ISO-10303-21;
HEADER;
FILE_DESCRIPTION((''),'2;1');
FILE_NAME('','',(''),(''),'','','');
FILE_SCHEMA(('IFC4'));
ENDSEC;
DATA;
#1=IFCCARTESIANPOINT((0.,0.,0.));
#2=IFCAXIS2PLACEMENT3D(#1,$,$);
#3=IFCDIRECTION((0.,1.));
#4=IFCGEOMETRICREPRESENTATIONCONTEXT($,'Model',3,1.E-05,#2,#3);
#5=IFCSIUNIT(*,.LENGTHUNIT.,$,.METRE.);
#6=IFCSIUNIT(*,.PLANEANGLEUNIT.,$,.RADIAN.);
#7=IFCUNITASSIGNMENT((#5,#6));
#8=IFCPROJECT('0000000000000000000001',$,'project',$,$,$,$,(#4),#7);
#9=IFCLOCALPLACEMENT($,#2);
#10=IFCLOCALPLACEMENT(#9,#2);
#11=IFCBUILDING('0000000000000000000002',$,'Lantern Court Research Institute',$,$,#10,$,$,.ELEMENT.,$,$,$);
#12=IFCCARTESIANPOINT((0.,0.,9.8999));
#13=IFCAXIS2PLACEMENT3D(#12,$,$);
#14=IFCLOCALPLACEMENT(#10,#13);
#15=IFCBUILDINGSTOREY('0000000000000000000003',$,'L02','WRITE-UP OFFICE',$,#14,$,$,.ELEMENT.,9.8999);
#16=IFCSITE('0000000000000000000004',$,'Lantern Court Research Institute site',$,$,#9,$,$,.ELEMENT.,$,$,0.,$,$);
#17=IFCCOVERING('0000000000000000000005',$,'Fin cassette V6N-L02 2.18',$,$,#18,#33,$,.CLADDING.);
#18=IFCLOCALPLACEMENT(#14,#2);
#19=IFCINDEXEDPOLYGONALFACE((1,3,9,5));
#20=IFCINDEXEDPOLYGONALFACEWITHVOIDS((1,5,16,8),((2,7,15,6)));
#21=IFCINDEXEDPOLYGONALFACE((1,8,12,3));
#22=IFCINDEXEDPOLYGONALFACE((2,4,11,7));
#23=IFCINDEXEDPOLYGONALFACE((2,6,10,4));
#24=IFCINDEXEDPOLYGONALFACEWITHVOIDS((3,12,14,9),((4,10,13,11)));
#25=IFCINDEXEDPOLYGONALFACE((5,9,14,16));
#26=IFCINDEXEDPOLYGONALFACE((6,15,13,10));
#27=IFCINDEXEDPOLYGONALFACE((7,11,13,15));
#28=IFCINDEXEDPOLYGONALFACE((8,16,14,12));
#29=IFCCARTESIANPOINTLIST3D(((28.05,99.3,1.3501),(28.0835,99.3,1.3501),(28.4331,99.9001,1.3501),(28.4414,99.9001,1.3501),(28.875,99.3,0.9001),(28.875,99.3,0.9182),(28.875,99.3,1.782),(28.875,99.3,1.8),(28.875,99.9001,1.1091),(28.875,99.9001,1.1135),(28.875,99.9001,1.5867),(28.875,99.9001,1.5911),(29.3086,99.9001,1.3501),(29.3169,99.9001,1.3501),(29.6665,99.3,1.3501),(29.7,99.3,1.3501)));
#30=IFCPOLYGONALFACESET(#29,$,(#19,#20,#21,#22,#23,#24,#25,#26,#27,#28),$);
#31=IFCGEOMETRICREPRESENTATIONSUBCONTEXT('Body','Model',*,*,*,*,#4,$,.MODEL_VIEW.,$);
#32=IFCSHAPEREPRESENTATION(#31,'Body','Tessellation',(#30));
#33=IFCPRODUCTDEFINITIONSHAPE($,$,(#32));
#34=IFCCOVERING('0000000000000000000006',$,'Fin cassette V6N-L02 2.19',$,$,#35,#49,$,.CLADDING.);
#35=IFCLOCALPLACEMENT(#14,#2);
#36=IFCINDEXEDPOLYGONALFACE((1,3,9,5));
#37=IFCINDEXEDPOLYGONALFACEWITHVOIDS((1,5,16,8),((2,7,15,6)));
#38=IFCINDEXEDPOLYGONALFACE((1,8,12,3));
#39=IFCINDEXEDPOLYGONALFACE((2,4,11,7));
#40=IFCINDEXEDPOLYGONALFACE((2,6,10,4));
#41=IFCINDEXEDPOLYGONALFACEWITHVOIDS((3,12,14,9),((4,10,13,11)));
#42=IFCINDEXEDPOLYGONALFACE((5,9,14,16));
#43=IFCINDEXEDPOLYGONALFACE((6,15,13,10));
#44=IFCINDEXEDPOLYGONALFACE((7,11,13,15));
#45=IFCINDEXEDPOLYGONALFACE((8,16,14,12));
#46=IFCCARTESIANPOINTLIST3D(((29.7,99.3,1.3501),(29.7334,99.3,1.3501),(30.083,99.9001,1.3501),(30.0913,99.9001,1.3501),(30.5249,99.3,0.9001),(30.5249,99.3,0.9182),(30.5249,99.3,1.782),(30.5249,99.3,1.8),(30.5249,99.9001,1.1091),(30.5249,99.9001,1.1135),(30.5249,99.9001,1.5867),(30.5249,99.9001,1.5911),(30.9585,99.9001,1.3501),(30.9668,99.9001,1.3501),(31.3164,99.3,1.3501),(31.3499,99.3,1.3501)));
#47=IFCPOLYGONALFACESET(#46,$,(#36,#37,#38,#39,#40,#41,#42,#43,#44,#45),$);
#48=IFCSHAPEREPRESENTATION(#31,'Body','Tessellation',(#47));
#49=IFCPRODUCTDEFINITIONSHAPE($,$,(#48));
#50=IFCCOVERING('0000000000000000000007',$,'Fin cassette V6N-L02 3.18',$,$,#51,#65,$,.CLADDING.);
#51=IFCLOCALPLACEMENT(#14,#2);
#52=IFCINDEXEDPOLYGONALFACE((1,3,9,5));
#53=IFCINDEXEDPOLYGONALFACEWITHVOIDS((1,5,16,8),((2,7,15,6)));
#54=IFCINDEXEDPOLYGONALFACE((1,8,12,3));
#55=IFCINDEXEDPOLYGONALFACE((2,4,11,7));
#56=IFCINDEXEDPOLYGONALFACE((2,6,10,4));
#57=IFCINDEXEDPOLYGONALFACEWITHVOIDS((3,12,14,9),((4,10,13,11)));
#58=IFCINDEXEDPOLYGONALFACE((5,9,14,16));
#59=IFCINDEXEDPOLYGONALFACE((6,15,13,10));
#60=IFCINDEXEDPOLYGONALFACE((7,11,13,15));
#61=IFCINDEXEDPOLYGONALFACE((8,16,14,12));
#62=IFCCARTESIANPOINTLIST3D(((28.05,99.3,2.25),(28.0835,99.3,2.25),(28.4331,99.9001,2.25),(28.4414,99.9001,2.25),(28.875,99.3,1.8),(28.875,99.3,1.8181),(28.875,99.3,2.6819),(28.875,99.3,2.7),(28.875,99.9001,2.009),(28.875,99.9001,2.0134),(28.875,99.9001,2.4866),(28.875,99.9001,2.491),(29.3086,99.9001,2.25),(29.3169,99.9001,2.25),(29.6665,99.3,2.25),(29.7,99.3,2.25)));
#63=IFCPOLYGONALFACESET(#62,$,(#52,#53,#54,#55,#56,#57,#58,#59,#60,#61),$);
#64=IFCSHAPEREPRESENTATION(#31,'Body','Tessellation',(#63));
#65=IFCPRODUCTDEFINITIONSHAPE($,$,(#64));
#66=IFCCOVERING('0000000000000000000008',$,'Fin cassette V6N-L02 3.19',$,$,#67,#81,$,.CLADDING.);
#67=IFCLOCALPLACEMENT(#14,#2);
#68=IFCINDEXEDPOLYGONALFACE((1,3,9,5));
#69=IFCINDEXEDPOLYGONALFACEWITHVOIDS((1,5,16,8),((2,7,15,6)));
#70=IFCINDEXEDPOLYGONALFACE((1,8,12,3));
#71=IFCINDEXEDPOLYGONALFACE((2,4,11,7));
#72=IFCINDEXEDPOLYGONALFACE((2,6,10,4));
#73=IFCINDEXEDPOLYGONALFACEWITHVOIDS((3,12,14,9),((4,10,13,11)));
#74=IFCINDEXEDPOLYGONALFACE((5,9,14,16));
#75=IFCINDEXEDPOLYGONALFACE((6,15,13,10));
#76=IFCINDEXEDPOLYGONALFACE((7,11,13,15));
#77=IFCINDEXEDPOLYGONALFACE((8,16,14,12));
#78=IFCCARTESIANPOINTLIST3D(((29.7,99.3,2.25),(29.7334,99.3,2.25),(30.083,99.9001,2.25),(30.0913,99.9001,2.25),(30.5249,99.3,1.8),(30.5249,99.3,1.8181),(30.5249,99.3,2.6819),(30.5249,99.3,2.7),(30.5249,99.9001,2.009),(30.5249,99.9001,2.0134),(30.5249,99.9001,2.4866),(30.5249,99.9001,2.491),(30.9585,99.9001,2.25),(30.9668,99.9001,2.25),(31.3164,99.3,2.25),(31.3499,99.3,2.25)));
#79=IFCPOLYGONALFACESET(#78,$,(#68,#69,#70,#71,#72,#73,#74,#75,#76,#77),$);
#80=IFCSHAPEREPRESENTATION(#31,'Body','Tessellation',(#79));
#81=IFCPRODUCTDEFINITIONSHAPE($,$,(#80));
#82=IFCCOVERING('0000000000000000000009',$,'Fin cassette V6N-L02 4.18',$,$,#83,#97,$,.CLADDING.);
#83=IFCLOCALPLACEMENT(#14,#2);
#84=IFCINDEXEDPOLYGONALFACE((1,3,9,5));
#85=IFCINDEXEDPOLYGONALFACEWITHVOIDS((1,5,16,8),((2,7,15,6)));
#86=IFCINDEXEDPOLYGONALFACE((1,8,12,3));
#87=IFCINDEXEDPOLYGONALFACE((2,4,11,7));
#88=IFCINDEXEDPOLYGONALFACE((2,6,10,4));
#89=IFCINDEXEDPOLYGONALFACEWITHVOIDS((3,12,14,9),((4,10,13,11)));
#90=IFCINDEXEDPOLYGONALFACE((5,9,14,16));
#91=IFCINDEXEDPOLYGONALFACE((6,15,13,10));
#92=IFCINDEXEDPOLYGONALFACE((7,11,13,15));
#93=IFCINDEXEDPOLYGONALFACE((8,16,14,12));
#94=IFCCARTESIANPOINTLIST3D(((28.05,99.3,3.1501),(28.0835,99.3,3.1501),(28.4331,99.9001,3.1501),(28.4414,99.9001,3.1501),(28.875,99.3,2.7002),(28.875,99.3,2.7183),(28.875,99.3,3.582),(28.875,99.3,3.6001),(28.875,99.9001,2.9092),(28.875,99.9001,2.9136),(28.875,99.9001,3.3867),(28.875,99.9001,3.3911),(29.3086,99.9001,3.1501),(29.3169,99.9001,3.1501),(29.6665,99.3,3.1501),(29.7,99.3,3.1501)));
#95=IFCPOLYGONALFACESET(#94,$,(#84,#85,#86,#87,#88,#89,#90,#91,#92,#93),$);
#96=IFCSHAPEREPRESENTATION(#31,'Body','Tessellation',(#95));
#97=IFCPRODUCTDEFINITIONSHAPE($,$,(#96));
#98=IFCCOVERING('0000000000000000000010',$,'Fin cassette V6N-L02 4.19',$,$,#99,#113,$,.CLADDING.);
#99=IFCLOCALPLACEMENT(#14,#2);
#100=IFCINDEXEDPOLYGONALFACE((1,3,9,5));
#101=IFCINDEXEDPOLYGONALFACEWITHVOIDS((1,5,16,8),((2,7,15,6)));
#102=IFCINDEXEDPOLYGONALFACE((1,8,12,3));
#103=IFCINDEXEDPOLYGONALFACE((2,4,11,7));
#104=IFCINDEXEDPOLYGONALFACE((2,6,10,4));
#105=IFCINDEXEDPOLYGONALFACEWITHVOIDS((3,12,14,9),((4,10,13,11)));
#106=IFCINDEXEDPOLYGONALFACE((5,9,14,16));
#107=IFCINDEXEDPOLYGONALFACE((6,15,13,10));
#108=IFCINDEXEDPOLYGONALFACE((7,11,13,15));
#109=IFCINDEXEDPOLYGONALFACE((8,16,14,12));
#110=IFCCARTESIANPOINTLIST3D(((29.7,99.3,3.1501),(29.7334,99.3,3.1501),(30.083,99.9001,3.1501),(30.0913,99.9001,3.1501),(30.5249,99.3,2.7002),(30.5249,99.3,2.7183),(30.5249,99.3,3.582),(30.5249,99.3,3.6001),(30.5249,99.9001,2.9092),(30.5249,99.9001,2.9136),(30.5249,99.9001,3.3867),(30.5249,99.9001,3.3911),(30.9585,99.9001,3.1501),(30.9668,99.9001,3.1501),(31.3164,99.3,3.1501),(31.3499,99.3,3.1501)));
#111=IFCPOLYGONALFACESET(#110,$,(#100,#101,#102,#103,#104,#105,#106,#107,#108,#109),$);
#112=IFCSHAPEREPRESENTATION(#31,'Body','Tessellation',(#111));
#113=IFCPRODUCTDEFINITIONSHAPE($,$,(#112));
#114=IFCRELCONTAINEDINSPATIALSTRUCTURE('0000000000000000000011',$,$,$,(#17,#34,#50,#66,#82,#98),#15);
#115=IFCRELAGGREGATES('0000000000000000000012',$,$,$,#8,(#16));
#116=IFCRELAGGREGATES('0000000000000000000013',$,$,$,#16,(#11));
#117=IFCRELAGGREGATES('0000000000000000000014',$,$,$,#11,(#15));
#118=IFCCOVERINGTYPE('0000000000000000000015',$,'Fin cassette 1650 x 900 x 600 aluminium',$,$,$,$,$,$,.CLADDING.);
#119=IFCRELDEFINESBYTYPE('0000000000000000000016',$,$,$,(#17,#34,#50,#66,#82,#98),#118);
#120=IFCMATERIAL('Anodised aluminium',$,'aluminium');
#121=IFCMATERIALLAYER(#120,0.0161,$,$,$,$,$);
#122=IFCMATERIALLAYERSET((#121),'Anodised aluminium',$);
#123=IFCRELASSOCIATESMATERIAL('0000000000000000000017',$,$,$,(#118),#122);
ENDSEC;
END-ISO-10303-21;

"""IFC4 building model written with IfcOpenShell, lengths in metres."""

from ifc_helpers import new_model, entity, si_unit, direction, frame, origin, place, context, subcontext, project, spatial, material, layer, layer_set, type_object, element, save


model = new_model("IFC4")

# Units and contexts
model_context = context("Model", 3, precision=1e-05, world=origin(), true_north=direction((0.0, 1.0)))
body_context = subcontext(model_context, "Body", "Model", "MODEL_VIEW")
ifc_project = project(units=[si_unit("LENGTHUNIT", "METRE"), si_unit("PLANEANGLEUNIT", "RADIAN")], contexts=[model_context])

# Site, building, storey
site_placement = place(None, origin())
site = spatial("IfcSite", under=ifc_project, at=site_placement, Name="Lantern Court Research Institute site", CompositionType="ELEMENT", RefElevation=0.0)
building_placement = place(site_placement, origin())
building = spatial("IfcBuilding", under=site, at=building_placement, Name="Lantern Court Research Institute", CompositionType="ELEMENT")
storey_placement = place(building_placement, frame((0.0, 0.0, 9.8999)))
storey = spatial("IfcBuildingStorey", under=building, at=storey_placement, Name="L02", Description="WRITE-UP OFFICE", CompositionType="ELEMENT", Elevation=9.8999)

# Coverings
ifc_material_1 = material(Name="Anodised aluminium", Category="aluminium")
ifc_layer_1 = layer(ifc_material_1, 0.0161)
ifc_layer_set_1 = layer_set([ifc_layer_1], Name="Anodised aluminium")
covering_type_1 = type_object("IfcCoveringType", Name="Fin cassette 1650 x 900 x 600 aluminium", PredefinedType="CLADDING", material=ifc_layer_set_1)
covering_1_placement = place(storey_placement, frame((28.875, 99.3, 1.3501), z_axis=(0.0, 1.0, 0.0), x_axis=(-1.0, 0.0, 0.0)))
cartesian_point_1 = entity("IfcCartesianPoint", [0.825, 0.0])
cartesian_point_2 = entity("IfcCartesianPoint", [0.7915, 0.0])
cartesian_point_3 = entity("IfcCartesianPoint", [0.4419, 0.0])
cartesian_point_4 = entity("IfcCartesianPoint", [0.4336, 0.0])
element("IfcCovering", 1, at=covering_1_placement, inside=storey, type_object=covering_type_1, Name="Fin cassette V6N-L02 2.18", PredefinedType="CLADDING", context=body_context, shape_type="SweptSolid", body=[
    entity("IfcExtrudedAreaSolidTapered", entity("IfcArbitraryProfileDefWithVoids", "AREA", None, entity("IfcPolyline", [cartesian_point_1, entity("IfcCartesianPoint", [0.0, 0.45]), entity("IfcCartesianPoint", [-0.825, 0.0]), entity("IfcCartesianPoint", [0.0, -0.45]), cartesian_point_1]), [entity("IfcPolyline", [cartesian_point_2, entity("IfcCartesianPoint", [0.0, 0.4319]), entity("IfcCartesianPoint", [-0.7915, 0.0]), entity("IfcCartesianPoint", [0.0, -0.4319]), cartesian_point_2])]), entity("IfcAxis2Placement3D", entity("IfcCartesianPoint", [0.0, 0.0, 0.0])), entity("IfcDirection", [0.0, 0.0, 1.0]), 0.6001, entity("IfcArbitraryProfileDefWithVoids", "AREA", None, entity("IfcPolyline", [cartesian_point_3, entity("IfcCartesianPoint", [0.0, 0.241]), entity("IfcCartesianPoint", [-0.4419, 0.0]), entity("IfcCartesianPoint", [0.0, -0.241]), cartesian_point_3]), [entity("IfcPolyline", [cartesian_point_4, entity("IfcCartesianPoint", [0.0, 0.2366]), entity("IfcCartesianPoint", [-0.4336, 0.0]), entity("IfcCartesianPoint", [0.0, -0.2366]), cartesian_point_4])])),
])
covering_2_placement = place(storey_placement, frame((30.5249, 99.3, 1.3501), z_axis=(0.0, 1.0, 0.0), x_axis=(-1.0, 0.0, 0.0)))
cartesian_point_5 = entity("IfcCartesianPoint", [0.825, 0.0])
cartesian_point_6 = entity("IfcCartesianPoint", [0.7915, 0.0])
cartesian_point_7 = entity("IfcCartesianPoint", [0.4419, 0.0])
cartesian_point_8 = entity("IfcCartesianPoint", [0.4336, 0.0])
element("IfcCovering", 2, at=covering_2_placement, inside=storey, type_object=covering_type_1, Name="Fin cassette V6N-L02 2.19", PredefinedType="CLADDING", context=body_context, shape_type="SweptSolid", body=[
    entity("IfcExtrudedAreaSolidTapered", entity("IfcArbitraryProfileDefWithVoids", "AREA", None, entity("IfcPolyline", [cartesian_point_5, entity("IfcCartesianPoint", [0.0, 0.45]), entity("IfcCartesianPoint", [-0.825, 0.0]), entity("IfcCartesianPoint", [0.0, -0.45]), cartesian_point_5]), [entity("IfcPolyline", [cartesian_point_6, entity("IfcCartesianPoint", [0.0, 0.4319]), entity("IfcCartesianPoint", [-0.7915, 0.0]), entity("IfcCartesianPoint", [0.0, -0.4319]), cartesian_point_6])]), entity("IfcAxis2Placement3D", entity("IfcCartesianPoint", [0.0, 0.0, 0.0])), entity("IfcDirection", [0.0, 0.0, 1.0]), 0.6001, entity("IfcArbitraryProfileDefWithVoids", "AREA", None, entity("IfcPolyline", [cartesian_point_7, entity("IfcCartesianPoint", [0.0, 0.241]), entity("IfcCartesianPoint", [-0.4419, 0.0]), entity("IfcCartesianPoint", [0.0, -0.241]), cartesian_point_7]), [entity("IfcPolyline", [cartesian_point_8, entity("IfcCartesianPoint", [0.0, 0.2366]), entity("IfcCartesianPoint", [-0.4336, 0.0]), entity("IfcCartesianPoint", [0.0, -0.2366]), cartesian_point_8])])),
])
covering_3_placement = place(storey_placement, frame((28.875, 99.3, 2.25), z_axis=(0.0, 1.0, 0.0), x_axis=(-1.0, 0.0, 0.0)))
cartesian_point_9 = entity("IfcCartesianPoint", [0.825, 0.0])
cartesian_point_10 = entity("IfcCartesianPoint", [0.7915, 0.0])
cartesian_point_11 = entity("IfcCartesianPoint", [0.4419, 0.0])
cartesian_point_12 = entity("IfcCartesianPoint", [0.4336, 0.0])
element("IfcCovering", 3, at=covering_3_placement, inside=storey, type_object=covering_type_1, Name="Fin cassette V6N-L02 3.18", PredefinedType="CLADDING", context=body_context, shape_type="SweptSolid", body=[
    entity("IfcExtrudedAreaSolidTapered", entity("IfcArbitraryProfileDefWithVoids", "AREA", None, entity("IfcPolyline", [cartesian_point_9, entity("IfcCartesianPoint", [0.0, 0.45]), entity("IfcCartesianPoint", [-0.825, 0.0]), entity("IfcCartesianPoint", [0.0, -0.45]), cartesian_point_9]), [entity("IfcPolyline", [cartesian_point_10, entity("IfcCartesianPoint", [0.0, 0.4319]), entity("IfcCartesianPoint", [-0.7915, 0.0]), entity("IfcCartesianPoint", [0.0, -0.4319]), cartesian_point_10])]), entity("IfcAxis2Placement3D", entity("IfcCartesianPoint", [0.0, 0.0, 0.0])), entity("IfcDirection", [0.0, 0.0, 1.0]), 0.6001, entity("IfcArbitraryProfileDefWithVoids", "AREA", None, entity("IfcPolyline", [cartesian_point_11, entity("IfcCartesianPoint", [0.0, 0.241]), entity("IfcCartesianPoint", [-0.4419, 0.0]), entity("IfcCartesianPoint", [0.0, -0.241]), cartesian_point_11]), [entity("IfcPolyline", [cartesian_point_12, entity("IfcCartesianPoint", [0.0, 0.2366]), entity("IfcCartesianPoint", [-0.4336, 0.0]), entity("IfcCartesianPoint", [0.0, -0.2366]), cartesian_point_12])])),
])
covering_4_placement = place(storey_placement, frame((30.5249, 99.3, 2.25), z_axis=(0.0, 1.0, 0.0), x_axis=(-1.0, 0.0, 0.0)))
cartesian_point_13 = entity("IfcCartesianPoint", [0.825, 0.0])
cartesian_point_14 = entity("IfcCartesianPoint", [0.7915, 0.0])
cartesian_point_15 = entity("IfcCartesianPoint", [0.4419, 0.0])
cartesian_point_16 = entity("IfcCartesianPoint", [0.4336, 0.0])
element("IfcCovering", 4, at=covering_4_placement, inside=storey, type_object=covering_type_1, Name="Fin cassette V6N-L02 3.19", PredefinedType="CLADDING", context=body_context, shape_type="SweptSolid", body=[
    entity("IfcExtrudedAreaSolidTapered", entity("IfcArbitraryProfileDefWithVoids", "AREA", None, entity("IfcPolyline", [cartesian_point_13, entity("IfcCartesianPoint", [0.0, 0.45]), entity("IfcCartesianPoint", [-0.825, 0.0]), entity("IfcCartesianPoint", [0.0, -0.45]), cartesian_point_13]), [entity("IfcPolyline", [cartesian_point_14, entity("IfcCartesianPoint", [0.0, 0.4319]), entity("IfcCartesianPoint", [-0.7915, 0.0]), entity("IfcCartesianPoint", [0.0, -0.4319]), cartesian_point_14])]), entity("IfcAxis2Placement3D", entity("IfcCartesianPoint", [0.0, 0.0, 0.0])), entity("IfcDirection", [0.0, 0.0, 1.0]), 0.6001, entity("IfcArbitraryProfileDefWithVoids", "AREA", None, entity("IfcPolyline", [cartesian_point_15, entity("IfcCartesianPoint", [0.0, 0.241]), entity("IfcCartesianPoint", [-0.4419, 0.0]), entity("IfcCartesianPoint", [0.0, -0.241]), cartesian_point_15]), [entity("IfcPolyline", [cartesian_point_16, entity("IfcCartesianPoint", [0.0, 0.2366]), entity("IfcCartesianPoint", [-0.4336, 0.0]), entity("IfcCartesianPoint", [0.0, -0.2366]), cartesian_point_16])])),
])
covering_5_placement = place(storey_placement, frame((28.875, 99.3, 3.1501), z_axis=(0.0, 1.0, 0.0), x_axis=(-1.0, 0.0, 0.0)))
cartesian_point_17 = entity("IfcCartesianPoint", [0.825, 0.0])
cartesian_point_18 = entity("IfcCartesianPoint", [0.7915, 0.0])
cartesian_point_19 = entity("IfcCartesianPoint", [0.4419, 0.0])
cartesian_point_20 = entity("IfcCartesianPoint", [0.4336, 0.0])
element("IfcCovering", 5, at=covering_5_placement, inside=storey, type_object=covering_type_1, Name="Fin cassette V6N-L02 4.18", PredefinedType="CLADDING", context=body_context, shape_type="SweptSolid", body=[
    entity("IfcExtrudedAreaSolidTapered", entity("IfcArbitraryProfileDefWithVoids", "AREA", None, entity("IfcPolyline", [cartesian_point_17, entity("IfcCartesianPoint", [0.0, 0.45]), entity("IfcCartesianPoint", [-0.825, 0.0]), entity("IfcCartesianPoint", [0.0, -0.45]), cartesian_point_17]), [entity("IfcPolyline", [cartesian_point_18, entity("IfcCartesianPoint", [0.0, 0.4319]), entity("IfcCartesianPoint", [-0.7915, 0.0]), entity("IfcCartesianPoint", [0.0, -0.4319]), cartesian_point_18])]), entity("IfcAxis2Placement3D", entity("IfcCartesianPoint", [0.0, 0.0, 0.0])), entity("IfcDirection", [0.0, 0.0, 1.0]), 0.6001, entity("IfcArbitraryProfileDefWithVoids", "AREA", None, entity("IfcPolyline", [cartesian_point_19, entity("IfcCartesianPoint", [0.0, 0.241]), entity("IfcCartesianPoint", [-0.4419, 0.0]), entity("IfcCartesianPoint", [0.0, -0.241]), cartesian_point_19]), [entity("IfcPolyline", [cartesian_point_20, entity("IfcCartesianPoint", [0.0, 0.2366]), entity("IfcCartesianPoint", [-0.4336, 0.0]), entity("IfcCartesianPoint", [0.0, -0.2366]), cartesian_point_20])])),
])
covering_6_placement = place(storey_placement, frame((30.5249, 99.3, 3.1501), z_axis=(0.0, 1.0, 0.0), x_axis=(-1.0, 0.0, 0.0)))
cartesian_point_21 = entity("IfcCartesianPoint", [0.825, 0.0])
cartesian_point_22 = entity("IfcCartesianPoint", [0.7915, 0.0])
cartesian_point_23 = entity("IfcCartesianPoint", [0.4419, 0.0])
cartesian_point_24 = entity("IfcCartesianPoint", [0.4336, 0.0])
element("IfcCovering", 6, at=covering_6_placement, inside=storey, type_object=covering_type_1, Name="Fin cassette V6N-L02 4.19", PredefinedType="CLADDING", context=body_context, shape_type="SweptSolid", body=[
    entity("IfcExtrudedAreaSolidTapered", entity("IfcArbitraryProfileDefWithVoids", "AREA", None, entity("IfcPolyline", [cartesian_point_21, entity("IfcCartesianPoint", [0.0, 0.45]), entity("IfcCartesianPoint", [-0.825, 0.0]), entity("IfcCartesianPoint", [0.0, -0.45]), cartesian_point_21]), [entity("IfcPolyline", [cartesian_point_22, entity("IfcCartesianPoint", [0.0, 0.4319]), entity("IfcCartesianPoint", [-0.7915, 0.0]), entity("IfcCartesianPoint", [0.0, -0.4319]), cartesian_point_22])]), entity("IfcAxis2Placement3D", entity("IfcCartesianPoint", [0.0, 0.0, 0.0])), entity("IfcDirection", [0.0, 0.0, 1.0]), 0.6001, entity("IfcArbitraryProfileDefWithVoids", "AREA", None, entity("IfcPolyline", [cartesian_point_23, entity("IfcCartesianPoint", [0.0, 0.241]), entity("IfcCartesianPoint", [-0.4419, 0.0]), entity("IfcCartesianPoint", [0.0, -0.241]), cartesian_point_23]), [entity("IfcPolyline", [cartesian_point_24, entity("IfcCartesianPoint", [0.0, 0.2366]), entity("IfcCartesianPoint", [-0.4336, 0.0]), entity("IfcCartesianPoint", [0.0, -0.2366]), cartesian_point_24])])),
])

save(model, "model.ifc")
